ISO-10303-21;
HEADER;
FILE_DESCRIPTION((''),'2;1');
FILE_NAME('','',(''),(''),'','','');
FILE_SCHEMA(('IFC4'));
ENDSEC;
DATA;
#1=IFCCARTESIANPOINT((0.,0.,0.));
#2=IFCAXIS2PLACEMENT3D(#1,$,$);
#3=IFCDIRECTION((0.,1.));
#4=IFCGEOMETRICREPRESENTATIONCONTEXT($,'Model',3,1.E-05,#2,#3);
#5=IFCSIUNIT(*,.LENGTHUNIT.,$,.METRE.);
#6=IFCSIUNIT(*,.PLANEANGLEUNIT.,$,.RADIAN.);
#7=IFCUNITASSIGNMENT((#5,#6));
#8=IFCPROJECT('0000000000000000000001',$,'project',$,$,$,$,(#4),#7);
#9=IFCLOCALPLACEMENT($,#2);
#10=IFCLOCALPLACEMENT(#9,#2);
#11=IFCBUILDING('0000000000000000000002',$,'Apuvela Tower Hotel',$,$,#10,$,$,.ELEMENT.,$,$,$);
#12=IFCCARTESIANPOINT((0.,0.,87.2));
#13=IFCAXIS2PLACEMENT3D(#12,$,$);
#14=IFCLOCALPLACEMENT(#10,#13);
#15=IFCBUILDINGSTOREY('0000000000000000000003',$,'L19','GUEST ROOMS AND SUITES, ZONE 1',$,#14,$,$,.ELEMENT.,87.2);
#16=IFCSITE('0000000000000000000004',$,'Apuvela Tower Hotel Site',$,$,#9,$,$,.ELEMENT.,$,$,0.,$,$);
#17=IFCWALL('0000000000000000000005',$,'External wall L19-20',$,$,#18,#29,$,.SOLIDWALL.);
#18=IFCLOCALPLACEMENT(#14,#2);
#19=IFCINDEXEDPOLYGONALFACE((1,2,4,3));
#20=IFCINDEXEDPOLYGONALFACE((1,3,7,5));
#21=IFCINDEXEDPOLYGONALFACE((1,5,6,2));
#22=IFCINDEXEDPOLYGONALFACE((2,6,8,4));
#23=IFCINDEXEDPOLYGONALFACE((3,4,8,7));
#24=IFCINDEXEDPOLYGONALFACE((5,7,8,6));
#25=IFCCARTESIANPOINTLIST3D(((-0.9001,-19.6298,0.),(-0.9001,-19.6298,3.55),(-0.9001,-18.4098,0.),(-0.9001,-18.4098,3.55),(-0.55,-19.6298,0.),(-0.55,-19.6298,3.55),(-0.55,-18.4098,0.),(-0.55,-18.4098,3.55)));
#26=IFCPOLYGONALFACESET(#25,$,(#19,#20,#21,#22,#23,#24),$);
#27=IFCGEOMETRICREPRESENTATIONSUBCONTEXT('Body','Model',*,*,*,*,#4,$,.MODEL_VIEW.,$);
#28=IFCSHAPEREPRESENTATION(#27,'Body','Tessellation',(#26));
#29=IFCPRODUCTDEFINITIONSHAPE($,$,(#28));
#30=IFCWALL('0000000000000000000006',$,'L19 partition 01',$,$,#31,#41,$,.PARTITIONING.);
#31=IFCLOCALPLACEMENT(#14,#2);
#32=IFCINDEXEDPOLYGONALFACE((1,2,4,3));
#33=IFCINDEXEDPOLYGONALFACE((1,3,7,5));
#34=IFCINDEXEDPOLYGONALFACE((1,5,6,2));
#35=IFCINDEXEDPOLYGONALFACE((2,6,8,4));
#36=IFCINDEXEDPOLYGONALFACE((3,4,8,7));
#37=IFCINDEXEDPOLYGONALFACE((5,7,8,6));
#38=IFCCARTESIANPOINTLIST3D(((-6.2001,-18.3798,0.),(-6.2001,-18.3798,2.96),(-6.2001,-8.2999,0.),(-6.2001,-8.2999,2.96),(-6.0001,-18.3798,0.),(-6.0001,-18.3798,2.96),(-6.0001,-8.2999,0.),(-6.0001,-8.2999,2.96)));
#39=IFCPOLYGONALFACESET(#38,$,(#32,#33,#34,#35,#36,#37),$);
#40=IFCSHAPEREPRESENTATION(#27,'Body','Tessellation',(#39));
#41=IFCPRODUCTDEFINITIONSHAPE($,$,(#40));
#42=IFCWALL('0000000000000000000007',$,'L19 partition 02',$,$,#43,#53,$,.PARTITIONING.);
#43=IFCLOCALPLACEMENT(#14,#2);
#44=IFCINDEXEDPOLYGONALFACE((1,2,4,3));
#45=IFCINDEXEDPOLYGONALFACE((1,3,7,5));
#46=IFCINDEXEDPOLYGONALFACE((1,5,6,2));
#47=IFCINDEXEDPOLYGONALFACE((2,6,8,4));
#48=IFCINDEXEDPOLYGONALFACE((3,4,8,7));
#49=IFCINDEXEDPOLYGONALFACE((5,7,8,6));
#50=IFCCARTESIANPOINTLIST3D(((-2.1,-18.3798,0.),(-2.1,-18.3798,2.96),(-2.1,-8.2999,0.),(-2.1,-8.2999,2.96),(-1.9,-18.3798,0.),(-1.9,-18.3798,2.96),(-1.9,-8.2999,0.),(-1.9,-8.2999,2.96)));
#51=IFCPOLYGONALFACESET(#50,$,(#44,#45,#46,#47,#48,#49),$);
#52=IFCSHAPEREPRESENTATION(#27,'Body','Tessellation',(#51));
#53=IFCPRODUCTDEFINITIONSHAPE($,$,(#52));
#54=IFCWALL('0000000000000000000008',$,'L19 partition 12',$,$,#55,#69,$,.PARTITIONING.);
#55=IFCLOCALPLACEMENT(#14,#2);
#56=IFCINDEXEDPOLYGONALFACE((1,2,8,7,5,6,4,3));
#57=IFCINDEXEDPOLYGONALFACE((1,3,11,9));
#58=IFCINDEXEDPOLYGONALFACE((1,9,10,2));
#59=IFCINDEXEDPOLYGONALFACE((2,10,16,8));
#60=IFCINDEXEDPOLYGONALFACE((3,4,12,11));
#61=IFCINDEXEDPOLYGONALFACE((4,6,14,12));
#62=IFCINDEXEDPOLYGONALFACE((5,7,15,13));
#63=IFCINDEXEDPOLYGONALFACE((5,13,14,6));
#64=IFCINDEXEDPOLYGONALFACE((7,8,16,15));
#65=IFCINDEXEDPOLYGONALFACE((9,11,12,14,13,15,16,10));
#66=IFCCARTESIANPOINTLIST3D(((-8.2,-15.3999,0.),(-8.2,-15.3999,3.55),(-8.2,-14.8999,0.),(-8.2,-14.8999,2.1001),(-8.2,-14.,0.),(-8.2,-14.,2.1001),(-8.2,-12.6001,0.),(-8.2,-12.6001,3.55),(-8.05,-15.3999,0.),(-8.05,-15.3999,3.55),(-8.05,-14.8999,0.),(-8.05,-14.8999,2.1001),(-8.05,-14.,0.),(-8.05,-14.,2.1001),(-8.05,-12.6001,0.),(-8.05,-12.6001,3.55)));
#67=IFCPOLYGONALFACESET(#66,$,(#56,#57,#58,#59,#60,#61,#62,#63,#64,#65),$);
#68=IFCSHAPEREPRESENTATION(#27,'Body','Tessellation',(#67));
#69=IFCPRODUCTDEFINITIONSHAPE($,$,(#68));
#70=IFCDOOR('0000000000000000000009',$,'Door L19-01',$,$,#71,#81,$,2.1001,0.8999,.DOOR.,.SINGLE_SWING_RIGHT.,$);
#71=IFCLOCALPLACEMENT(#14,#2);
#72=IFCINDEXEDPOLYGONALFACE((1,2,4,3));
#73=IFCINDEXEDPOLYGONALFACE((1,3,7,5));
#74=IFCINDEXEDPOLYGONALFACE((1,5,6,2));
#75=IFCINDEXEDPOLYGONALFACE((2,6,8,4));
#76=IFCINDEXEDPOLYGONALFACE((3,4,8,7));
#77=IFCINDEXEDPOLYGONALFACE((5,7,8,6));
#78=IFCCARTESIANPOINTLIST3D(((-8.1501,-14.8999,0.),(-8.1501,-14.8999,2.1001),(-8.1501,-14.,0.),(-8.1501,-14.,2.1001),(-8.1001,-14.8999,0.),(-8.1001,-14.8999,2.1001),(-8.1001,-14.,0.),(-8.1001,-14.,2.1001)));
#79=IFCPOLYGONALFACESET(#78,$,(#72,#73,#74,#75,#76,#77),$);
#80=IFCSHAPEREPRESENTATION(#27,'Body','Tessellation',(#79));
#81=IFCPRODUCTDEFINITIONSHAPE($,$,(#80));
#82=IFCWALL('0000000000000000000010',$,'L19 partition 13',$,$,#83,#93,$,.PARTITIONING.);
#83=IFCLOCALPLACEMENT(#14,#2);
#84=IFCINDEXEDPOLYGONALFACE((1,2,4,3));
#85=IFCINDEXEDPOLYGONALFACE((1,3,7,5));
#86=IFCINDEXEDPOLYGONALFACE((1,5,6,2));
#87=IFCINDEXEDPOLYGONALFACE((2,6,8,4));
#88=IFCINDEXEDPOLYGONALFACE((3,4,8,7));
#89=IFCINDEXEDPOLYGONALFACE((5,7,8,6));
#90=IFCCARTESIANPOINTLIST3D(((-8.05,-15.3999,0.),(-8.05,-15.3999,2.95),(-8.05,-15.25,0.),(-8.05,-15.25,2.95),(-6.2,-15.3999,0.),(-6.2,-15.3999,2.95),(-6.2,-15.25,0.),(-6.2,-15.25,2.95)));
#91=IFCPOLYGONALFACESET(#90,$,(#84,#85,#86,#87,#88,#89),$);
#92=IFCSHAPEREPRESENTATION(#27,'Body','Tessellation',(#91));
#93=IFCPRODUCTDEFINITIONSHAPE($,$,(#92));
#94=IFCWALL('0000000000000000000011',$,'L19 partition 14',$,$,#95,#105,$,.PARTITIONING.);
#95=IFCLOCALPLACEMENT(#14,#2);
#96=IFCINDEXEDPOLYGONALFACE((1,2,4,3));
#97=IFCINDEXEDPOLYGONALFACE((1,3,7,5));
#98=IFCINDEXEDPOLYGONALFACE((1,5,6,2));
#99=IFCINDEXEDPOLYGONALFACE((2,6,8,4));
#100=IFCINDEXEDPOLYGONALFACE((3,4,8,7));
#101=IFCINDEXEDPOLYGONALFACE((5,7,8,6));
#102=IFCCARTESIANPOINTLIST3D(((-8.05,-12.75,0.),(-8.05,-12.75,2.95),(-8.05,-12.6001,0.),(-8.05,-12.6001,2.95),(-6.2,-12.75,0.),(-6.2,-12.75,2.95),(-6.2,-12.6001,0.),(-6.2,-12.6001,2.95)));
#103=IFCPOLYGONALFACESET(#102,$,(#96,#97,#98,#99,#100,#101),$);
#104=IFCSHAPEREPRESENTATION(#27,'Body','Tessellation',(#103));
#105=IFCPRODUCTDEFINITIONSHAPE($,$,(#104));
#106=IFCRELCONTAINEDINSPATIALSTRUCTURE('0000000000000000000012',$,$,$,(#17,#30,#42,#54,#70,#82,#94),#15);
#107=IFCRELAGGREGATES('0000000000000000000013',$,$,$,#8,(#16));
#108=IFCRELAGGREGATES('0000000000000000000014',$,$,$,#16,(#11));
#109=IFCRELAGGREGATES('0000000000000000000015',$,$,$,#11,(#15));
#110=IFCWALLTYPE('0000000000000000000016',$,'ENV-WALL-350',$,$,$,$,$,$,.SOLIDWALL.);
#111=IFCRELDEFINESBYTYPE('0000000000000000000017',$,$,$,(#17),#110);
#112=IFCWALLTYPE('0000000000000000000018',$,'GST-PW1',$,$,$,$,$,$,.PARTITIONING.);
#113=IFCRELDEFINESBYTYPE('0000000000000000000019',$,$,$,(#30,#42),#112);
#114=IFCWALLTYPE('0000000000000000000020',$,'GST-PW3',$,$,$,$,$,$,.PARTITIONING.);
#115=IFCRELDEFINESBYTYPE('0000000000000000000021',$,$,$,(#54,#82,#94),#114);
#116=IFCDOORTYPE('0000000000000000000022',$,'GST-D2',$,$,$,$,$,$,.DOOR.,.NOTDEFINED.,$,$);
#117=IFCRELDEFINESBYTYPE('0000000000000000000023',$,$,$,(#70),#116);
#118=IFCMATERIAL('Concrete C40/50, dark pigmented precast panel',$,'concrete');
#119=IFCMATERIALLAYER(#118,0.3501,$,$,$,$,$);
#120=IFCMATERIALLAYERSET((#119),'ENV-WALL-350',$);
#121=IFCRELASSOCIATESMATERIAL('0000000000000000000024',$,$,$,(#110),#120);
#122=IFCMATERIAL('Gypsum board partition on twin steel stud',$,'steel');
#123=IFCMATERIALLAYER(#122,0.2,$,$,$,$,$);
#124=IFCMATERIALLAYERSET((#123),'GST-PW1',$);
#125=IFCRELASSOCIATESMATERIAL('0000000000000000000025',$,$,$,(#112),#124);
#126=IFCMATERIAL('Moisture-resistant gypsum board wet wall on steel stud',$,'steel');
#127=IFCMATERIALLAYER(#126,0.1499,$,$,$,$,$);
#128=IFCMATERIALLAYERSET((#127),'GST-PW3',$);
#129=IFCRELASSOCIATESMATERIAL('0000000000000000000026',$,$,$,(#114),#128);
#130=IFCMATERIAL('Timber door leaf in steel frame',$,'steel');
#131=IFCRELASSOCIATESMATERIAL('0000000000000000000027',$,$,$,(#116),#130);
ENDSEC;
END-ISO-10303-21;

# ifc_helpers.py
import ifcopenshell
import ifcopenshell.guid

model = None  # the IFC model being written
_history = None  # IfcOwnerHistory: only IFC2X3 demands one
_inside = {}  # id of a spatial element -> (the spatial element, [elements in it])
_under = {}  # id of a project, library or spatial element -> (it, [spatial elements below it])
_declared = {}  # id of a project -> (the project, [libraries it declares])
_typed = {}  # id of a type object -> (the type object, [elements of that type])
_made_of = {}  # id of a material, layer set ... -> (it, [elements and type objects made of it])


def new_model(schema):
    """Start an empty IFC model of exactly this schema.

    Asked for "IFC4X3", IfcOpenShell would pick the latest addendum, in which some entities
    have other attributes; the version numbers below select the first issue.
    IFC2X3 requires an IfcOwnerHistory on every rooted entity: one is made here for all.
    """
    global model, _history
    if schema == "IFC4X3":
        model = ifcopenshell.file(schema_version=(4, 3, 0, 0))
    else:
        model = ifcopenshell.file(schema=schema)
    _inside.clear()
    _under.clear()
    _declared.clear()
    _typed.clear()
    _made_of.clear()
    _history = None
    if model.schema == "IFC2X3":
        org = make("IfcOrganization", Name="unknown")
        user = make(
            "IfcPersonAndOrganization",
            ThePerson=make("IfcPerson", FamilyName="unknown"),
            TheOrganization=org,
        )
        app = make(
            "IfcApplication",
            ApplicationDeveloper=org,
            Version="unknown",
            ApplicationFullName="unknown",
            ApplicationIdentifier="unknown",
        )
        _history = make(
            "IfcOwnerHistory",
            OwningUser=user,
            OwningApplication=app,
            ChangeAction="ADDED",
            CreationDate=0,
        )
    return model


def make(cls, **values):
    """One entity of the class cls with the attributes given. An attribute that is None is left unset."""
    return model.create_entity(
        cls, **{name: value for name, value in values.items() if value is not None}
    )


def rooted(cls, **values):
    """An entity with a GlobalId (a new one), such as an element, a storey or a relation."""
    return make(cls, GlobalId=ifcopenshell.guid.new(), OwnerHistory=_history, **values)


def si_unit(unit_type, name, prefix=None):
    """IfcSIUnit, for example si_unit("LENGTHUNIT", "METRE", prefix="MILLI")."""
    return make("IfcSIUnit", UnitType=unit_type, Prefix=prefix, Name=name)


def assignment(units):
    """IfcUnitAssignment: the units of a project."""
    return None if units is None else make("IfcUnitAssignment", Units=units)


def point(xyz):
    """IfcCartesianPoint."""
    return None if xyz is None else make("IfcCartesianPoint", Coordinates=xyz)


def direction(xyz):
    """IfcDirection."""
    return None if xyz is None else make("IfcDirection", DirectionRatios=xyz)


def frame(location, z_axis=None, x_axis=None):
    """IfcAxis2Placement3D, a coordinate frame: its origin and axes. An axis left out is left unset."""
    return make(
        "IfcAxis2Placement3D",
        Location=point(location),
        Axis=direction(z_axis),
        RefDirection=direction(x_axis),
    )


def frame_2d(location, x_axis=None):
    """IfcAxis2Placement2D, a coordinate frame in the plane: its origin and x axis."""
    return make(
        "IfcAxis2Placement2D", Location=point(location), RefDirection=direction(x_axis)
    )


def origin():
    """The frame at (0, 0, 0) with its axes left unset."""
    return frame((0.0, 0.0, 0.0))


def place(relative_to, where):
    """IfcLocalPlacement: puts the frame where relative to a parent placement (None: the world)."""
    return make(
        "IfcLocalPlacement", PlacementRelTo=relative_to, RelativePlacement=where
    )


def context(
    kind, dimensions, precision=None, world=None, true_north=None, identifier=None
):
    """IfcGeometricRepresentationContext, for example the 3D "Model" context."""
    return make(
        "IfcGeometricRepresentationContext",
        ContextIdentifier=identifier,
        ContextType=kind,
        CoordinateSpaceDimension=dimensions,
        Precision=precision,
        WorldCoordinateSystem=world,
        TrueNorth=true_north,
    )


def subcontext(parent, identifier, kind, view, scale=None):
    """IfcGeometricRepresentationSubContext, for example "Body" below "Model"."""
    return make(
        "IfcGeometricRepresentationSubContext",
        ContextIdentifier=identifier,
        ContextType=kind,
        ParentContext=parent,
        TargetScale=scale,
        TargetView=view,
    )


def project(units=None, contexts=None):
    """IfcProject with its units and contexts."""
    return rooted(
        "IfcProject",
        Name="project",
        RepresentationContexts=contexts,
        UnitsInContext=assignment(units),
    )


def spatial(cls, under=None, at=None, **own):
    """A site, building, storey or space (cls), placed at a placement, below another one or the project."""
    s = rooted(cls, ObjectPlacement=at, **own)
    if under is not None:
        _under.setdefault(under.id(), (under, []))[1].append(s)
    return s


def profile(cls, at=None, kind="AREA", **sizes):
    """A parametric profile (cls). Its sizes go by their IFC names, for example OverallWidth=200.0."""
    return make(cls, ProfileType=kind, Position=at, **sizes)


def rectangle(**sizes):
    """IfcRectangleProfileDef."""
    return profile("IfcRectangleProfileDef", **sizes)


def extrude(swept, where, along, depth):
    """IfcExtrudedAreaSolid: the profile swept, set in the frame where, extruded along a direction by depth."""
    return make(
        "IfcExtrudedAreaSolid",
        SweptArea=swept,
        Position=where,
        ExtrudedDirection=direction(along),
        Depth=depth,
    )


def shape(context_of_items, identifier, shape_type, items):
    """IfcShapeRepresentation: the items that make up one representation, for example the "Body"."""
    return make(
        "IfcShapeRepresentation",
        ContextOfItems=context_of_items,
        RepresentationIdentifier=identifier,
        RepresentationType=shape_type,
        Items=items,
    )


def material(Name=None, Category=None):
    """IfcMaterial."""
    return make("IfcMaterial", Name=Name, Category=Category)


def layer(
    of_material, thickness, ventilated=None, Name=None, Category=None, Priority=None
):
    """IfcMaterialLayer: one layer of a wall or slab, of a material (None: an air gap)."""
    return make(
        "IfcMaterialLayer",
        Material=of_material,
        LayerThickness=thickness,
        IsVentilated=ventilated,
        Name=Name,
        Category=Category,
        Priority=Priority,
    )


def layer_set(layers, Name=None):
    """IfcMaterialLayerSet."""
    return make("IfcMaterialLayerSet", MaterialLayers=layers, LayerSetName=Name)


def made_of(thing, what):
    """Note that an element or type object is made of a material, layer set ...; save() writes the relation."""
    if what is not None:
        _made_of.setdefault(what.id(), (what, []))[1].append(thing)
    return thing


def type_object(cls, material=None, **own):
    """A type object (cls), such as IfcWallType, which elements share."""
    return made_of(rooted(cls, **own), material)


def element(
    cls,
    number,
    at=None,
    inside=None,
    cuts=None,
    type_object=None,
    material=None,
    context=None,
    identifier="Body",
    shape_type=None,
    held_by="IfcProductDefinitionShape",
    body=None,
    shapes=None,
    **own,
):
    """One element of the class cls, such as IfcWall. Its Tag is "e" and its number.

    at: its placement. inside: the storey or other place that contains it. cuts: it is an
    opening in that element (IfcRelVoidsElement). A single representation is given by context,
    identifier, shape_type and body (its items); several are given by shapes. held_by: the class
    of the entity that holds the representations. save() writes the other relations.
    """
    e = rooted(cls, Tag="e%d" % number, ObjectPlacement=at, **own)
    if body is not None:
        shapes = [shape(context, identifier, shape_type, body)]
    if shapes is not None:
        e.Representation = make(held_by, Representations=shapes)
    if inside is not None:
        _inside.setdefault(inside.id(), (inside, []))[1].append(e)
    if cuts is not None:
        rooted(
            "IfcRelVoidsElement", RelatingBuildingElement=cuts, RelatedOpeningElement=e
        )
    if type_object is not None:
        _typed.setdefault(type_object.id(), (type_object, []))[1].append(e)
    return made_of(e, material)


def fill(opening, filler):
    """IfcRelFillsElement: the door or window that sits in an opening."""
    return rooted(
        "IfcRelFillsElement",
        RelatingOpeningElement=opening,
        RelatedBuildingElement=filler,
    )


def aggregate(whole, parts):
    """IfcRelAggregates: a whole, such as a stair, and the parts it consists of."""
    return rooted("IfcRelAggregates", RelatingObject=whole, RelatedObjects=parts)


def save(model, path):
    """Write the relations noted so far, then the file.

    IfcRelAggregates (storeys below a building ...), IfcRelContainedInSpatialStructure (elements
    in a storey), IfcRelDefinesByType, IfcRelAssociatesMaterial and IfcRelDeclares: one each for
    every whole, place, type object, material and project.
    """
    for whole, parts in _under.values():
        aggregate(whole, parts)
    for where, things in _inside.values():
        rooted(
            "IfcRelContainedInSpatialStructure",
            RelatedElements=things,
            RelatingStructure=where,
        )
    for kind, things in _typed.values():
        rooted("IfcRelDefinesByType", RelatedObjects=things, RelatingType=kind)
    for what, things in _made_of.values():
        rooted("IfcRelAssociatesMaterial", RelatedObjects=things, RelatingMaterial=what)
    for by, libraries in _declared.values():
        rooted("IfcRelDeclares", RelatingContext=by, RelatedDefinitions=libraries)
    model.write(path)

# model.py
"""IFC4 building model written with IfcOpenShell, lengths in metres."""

from ifc_helpers import new_model, si_unit, direction, frame, frame_2d, origin, place, context, subcontext, project, spatial, rectangle, extrude, material, layer, layer_set, type_object, element, fill, save


model = new_model("IFC4")

# Units and contexts
model_context = context("Model", 3, precision=1e-05, world=origin(), true_north=direction((0.0, 1.0)))
body_context = subcontext(model_context, "Body", "Model", "MODEL_VIEW")
ifc_project = project(units=[si_unit("LENGTHUNIT", "METRE"), si_unit("PLANEANGLEUNIT", "RADIAN")], contexts=[model_context])

# Site, building, storey
site_placement = place(None, origin())
site = spatial("IfcSite", under=ifc_project, at=site_placement, Name="Apuvela Tower Hotel Site", CompositionType="ELEMENT", RefElevation=0.0)
building_placement = place(site_placement, origin())
building = spatial("IfcBuilding", under=site, at=building_placement, Name="Apuvela Tower Hotel", CompositionType="ELEMENT")
storey_placement = place(building_placement, frame((0.0, 0.0, 87.2)))
storey = spatial("IfcBuildingStorey", under=building, at=storey_placement, Name="L19", Description="GUEST ROOMS AND SUITES, ZONE 1", CompositionType="ELEMENT", Elevation=87.2)

# Shared definitions
ifc_material_1 = material(Name="Concrete C40/50, dark pigmented precast panel", Category="concrete")
ifc_layer_1 = layer(ifc_material_1, 0.3501)
ifc_layer_set_1 = layer_set([ifc_layer_1], Name="ENV-WALL-350")
wall_type_1 = type_object("IfcWallType", Name="ENV-WALL-350", PredefinedType="SOLIDWALL", material=ifc_layer_set_1)

# Wall
wall_1_placement = place(storey_placement, frame((-0.7251, -18.4099, 0.0), z_axis=(0.0, 0.0, 1.0), x_axis=(0.0, -1.0, 0.0)))
element("IfcWall", 1, at=wall_1_placement, inside=storey, type_object=wall_type_1, Name="External wall L19-20", PredefinedType="SOLIDWALL", context=body_context, shape_type="SweptSolid", body=[
    extrude(rectangle(XDim=1.22, YDim=0.3501, at=frame_2d((0.6099, 0.0))), origin(), (0.0, 0.0, 1.0), 3.55),
])

# Walls
ifc_material_2 = material(Name="Gypsum board partition on twin steel stud", Category="steel")
ifc_layer_2 = layer(ifc_material_2, 0.2)
ifc_layer_set_2 = layer_set([ifc_layer_2], Name="GST-PW1")
wall_type_2 = type_object("IfcWallType", Name="GST-PW1", PredefinedType="PARTITIONING", material=ifc_layer_set_2)
for number, where, z_axis, x_axis, name in (
    (2, (-6.1001, -18.3799, 0.0), (0.0, 0.0, 1.0), (0.0, 1.0, 0.0), "L19 partition 01"),
    (3, (-2.0, -18.3799, 0.0), (0.0, 0.0, 1.0), (0.0, 1.0, 0.0), "L19 partition 02"),
):
    element("IfcWall", number, at=place(storey_placement, frame(where, z_axis=z_axis, x_axis=x_axis)), inside=storey, type_object=wall_type_2, Name=name, PredefinedType="PARTITIONING", context=body_context, shape_type="SweptSolid", body=[
        extrude(rectangle(XDim=10.0798, YDim=0.2, at=frame_2d((5.04, 0.0))), origin(), (0.0, 0.0, 1.0), 2.96),
    ])

# Wall, opening, door
ifc_material_3 = material(Name="Moisture-resistant gypsum board wet wall on steel stud", Category="steel")
ifc_layer_3 = layer(ifc_material_3, 0.1499)
ifc_layer_set_3 = layer_set([ifc_layer_3], Name="GST-PW3")
wall_type_3 = type_object("IfcWallType", Name="GST-PW3", PredefinedType="PARTITIONING", material=ifc_layer_set_3)
wall_2_placement = place(storey_placement, frame((-8.125, -12.6001, 0.0), z_axis=(0.0, 0.0, 1.0), x_axis=(0.0, -1.0, 0.0)))
wall_2 = element("IfcWall", 4, at=wall_2_placement, inside=storey, type_object=wall_type_3, Name="L19 partition 12", PredefinedType="PARTITIONING", context=body_context, shape_type="SweptSolid", body=[
    extrude(rectangle(XDim=2.7998, YDim=0.1499, at=frame_2d((1.3999, 0.0))), origin(), (0.0, 0.0, 1.0), 3.55),
])
opening_1_placement = place(wall_2_placement, frame((1.3999, 0.0, 0.0)))
opening_1 = element("IfcOpeningElement", 5, at=opening_1_placement, cuts=wall_2, PredefinedType="OPENING", context=body_context, shape_type="SweptSolid", body=[
    extrude(rectangle(XDim=0.8999, YDim=2.1001, at=frame_2d((0.45, 1.05))), frame((0.0, 0.085, 0.0), z_axis=(0.0, -1.0, 0.0), x_axis=(1.0, 0.0, 0.0)), (0.0, 0.0, 1.0), 0.1699),
])
ifc_material_4 = material(Name="Timber door leaf in steel frame", Category="steel")
door_type_1 = type_object("IfcDoorType", Name="GST-D2", OperationType="NOTDEFINED", PredefinedType="DOOR", material=ifc_material_4)
door_1_placement = place(opening_1_placement, origin())
door_1 = element("IfcDoor", 6, at=door_1_placement, inside=storey, type_object=door_type_1, Name="Door L19-01", OperationType="SINGLE_SWING_RIGHT", OverallHeight=2.1001, OverallWidth=0.8999, PredefinedType="DOOR", context=body_context, shape_type="SweptSolid", body=[
    extrude(rectangle(XDim=0.8999, YDim=2.1001, at=frame_2d((0.45, 1.05))), frame((0.0, 0.0249, 0.0), z_axis=(0.0, -1.0, 0.0), x_axis=(1.0, 0.0, 0.0)), (0.0, 0.0, 1.0), 0.05),
])
fill(opening_1, door_1)

# Walls
for number, where, z_axis, x_axis, name in (
    (7, (-8.05, -15.325, 0.0), (0.0, 0.0, 1.0), (1.0, 0.0, 0.0), "L19 partition 13"),
    (8, (-8.05, -12.675, 0.0), (0.0, 0.0, 1.0), (1.0, 0.0, 0.0), "L19 partition 14"),
):
    element("IfcWall", number, at=place(storey_placement, frame(where, z_axis=z_axis, x_axis=x_axis)), inside=storey, type_object=wall_type_3, Name=name, PredefinedType="PARTITIONING", context=body_context, shape_type="SweptSolid", body=[
        extrude(rectangle(XDim=1.8501, YDim=0.1499, at=frame_2d((0.925, 0.0))), origin(), (0.0, 0.0, 1.0), 2.95),
    ])

save(model, "model.ifc")
